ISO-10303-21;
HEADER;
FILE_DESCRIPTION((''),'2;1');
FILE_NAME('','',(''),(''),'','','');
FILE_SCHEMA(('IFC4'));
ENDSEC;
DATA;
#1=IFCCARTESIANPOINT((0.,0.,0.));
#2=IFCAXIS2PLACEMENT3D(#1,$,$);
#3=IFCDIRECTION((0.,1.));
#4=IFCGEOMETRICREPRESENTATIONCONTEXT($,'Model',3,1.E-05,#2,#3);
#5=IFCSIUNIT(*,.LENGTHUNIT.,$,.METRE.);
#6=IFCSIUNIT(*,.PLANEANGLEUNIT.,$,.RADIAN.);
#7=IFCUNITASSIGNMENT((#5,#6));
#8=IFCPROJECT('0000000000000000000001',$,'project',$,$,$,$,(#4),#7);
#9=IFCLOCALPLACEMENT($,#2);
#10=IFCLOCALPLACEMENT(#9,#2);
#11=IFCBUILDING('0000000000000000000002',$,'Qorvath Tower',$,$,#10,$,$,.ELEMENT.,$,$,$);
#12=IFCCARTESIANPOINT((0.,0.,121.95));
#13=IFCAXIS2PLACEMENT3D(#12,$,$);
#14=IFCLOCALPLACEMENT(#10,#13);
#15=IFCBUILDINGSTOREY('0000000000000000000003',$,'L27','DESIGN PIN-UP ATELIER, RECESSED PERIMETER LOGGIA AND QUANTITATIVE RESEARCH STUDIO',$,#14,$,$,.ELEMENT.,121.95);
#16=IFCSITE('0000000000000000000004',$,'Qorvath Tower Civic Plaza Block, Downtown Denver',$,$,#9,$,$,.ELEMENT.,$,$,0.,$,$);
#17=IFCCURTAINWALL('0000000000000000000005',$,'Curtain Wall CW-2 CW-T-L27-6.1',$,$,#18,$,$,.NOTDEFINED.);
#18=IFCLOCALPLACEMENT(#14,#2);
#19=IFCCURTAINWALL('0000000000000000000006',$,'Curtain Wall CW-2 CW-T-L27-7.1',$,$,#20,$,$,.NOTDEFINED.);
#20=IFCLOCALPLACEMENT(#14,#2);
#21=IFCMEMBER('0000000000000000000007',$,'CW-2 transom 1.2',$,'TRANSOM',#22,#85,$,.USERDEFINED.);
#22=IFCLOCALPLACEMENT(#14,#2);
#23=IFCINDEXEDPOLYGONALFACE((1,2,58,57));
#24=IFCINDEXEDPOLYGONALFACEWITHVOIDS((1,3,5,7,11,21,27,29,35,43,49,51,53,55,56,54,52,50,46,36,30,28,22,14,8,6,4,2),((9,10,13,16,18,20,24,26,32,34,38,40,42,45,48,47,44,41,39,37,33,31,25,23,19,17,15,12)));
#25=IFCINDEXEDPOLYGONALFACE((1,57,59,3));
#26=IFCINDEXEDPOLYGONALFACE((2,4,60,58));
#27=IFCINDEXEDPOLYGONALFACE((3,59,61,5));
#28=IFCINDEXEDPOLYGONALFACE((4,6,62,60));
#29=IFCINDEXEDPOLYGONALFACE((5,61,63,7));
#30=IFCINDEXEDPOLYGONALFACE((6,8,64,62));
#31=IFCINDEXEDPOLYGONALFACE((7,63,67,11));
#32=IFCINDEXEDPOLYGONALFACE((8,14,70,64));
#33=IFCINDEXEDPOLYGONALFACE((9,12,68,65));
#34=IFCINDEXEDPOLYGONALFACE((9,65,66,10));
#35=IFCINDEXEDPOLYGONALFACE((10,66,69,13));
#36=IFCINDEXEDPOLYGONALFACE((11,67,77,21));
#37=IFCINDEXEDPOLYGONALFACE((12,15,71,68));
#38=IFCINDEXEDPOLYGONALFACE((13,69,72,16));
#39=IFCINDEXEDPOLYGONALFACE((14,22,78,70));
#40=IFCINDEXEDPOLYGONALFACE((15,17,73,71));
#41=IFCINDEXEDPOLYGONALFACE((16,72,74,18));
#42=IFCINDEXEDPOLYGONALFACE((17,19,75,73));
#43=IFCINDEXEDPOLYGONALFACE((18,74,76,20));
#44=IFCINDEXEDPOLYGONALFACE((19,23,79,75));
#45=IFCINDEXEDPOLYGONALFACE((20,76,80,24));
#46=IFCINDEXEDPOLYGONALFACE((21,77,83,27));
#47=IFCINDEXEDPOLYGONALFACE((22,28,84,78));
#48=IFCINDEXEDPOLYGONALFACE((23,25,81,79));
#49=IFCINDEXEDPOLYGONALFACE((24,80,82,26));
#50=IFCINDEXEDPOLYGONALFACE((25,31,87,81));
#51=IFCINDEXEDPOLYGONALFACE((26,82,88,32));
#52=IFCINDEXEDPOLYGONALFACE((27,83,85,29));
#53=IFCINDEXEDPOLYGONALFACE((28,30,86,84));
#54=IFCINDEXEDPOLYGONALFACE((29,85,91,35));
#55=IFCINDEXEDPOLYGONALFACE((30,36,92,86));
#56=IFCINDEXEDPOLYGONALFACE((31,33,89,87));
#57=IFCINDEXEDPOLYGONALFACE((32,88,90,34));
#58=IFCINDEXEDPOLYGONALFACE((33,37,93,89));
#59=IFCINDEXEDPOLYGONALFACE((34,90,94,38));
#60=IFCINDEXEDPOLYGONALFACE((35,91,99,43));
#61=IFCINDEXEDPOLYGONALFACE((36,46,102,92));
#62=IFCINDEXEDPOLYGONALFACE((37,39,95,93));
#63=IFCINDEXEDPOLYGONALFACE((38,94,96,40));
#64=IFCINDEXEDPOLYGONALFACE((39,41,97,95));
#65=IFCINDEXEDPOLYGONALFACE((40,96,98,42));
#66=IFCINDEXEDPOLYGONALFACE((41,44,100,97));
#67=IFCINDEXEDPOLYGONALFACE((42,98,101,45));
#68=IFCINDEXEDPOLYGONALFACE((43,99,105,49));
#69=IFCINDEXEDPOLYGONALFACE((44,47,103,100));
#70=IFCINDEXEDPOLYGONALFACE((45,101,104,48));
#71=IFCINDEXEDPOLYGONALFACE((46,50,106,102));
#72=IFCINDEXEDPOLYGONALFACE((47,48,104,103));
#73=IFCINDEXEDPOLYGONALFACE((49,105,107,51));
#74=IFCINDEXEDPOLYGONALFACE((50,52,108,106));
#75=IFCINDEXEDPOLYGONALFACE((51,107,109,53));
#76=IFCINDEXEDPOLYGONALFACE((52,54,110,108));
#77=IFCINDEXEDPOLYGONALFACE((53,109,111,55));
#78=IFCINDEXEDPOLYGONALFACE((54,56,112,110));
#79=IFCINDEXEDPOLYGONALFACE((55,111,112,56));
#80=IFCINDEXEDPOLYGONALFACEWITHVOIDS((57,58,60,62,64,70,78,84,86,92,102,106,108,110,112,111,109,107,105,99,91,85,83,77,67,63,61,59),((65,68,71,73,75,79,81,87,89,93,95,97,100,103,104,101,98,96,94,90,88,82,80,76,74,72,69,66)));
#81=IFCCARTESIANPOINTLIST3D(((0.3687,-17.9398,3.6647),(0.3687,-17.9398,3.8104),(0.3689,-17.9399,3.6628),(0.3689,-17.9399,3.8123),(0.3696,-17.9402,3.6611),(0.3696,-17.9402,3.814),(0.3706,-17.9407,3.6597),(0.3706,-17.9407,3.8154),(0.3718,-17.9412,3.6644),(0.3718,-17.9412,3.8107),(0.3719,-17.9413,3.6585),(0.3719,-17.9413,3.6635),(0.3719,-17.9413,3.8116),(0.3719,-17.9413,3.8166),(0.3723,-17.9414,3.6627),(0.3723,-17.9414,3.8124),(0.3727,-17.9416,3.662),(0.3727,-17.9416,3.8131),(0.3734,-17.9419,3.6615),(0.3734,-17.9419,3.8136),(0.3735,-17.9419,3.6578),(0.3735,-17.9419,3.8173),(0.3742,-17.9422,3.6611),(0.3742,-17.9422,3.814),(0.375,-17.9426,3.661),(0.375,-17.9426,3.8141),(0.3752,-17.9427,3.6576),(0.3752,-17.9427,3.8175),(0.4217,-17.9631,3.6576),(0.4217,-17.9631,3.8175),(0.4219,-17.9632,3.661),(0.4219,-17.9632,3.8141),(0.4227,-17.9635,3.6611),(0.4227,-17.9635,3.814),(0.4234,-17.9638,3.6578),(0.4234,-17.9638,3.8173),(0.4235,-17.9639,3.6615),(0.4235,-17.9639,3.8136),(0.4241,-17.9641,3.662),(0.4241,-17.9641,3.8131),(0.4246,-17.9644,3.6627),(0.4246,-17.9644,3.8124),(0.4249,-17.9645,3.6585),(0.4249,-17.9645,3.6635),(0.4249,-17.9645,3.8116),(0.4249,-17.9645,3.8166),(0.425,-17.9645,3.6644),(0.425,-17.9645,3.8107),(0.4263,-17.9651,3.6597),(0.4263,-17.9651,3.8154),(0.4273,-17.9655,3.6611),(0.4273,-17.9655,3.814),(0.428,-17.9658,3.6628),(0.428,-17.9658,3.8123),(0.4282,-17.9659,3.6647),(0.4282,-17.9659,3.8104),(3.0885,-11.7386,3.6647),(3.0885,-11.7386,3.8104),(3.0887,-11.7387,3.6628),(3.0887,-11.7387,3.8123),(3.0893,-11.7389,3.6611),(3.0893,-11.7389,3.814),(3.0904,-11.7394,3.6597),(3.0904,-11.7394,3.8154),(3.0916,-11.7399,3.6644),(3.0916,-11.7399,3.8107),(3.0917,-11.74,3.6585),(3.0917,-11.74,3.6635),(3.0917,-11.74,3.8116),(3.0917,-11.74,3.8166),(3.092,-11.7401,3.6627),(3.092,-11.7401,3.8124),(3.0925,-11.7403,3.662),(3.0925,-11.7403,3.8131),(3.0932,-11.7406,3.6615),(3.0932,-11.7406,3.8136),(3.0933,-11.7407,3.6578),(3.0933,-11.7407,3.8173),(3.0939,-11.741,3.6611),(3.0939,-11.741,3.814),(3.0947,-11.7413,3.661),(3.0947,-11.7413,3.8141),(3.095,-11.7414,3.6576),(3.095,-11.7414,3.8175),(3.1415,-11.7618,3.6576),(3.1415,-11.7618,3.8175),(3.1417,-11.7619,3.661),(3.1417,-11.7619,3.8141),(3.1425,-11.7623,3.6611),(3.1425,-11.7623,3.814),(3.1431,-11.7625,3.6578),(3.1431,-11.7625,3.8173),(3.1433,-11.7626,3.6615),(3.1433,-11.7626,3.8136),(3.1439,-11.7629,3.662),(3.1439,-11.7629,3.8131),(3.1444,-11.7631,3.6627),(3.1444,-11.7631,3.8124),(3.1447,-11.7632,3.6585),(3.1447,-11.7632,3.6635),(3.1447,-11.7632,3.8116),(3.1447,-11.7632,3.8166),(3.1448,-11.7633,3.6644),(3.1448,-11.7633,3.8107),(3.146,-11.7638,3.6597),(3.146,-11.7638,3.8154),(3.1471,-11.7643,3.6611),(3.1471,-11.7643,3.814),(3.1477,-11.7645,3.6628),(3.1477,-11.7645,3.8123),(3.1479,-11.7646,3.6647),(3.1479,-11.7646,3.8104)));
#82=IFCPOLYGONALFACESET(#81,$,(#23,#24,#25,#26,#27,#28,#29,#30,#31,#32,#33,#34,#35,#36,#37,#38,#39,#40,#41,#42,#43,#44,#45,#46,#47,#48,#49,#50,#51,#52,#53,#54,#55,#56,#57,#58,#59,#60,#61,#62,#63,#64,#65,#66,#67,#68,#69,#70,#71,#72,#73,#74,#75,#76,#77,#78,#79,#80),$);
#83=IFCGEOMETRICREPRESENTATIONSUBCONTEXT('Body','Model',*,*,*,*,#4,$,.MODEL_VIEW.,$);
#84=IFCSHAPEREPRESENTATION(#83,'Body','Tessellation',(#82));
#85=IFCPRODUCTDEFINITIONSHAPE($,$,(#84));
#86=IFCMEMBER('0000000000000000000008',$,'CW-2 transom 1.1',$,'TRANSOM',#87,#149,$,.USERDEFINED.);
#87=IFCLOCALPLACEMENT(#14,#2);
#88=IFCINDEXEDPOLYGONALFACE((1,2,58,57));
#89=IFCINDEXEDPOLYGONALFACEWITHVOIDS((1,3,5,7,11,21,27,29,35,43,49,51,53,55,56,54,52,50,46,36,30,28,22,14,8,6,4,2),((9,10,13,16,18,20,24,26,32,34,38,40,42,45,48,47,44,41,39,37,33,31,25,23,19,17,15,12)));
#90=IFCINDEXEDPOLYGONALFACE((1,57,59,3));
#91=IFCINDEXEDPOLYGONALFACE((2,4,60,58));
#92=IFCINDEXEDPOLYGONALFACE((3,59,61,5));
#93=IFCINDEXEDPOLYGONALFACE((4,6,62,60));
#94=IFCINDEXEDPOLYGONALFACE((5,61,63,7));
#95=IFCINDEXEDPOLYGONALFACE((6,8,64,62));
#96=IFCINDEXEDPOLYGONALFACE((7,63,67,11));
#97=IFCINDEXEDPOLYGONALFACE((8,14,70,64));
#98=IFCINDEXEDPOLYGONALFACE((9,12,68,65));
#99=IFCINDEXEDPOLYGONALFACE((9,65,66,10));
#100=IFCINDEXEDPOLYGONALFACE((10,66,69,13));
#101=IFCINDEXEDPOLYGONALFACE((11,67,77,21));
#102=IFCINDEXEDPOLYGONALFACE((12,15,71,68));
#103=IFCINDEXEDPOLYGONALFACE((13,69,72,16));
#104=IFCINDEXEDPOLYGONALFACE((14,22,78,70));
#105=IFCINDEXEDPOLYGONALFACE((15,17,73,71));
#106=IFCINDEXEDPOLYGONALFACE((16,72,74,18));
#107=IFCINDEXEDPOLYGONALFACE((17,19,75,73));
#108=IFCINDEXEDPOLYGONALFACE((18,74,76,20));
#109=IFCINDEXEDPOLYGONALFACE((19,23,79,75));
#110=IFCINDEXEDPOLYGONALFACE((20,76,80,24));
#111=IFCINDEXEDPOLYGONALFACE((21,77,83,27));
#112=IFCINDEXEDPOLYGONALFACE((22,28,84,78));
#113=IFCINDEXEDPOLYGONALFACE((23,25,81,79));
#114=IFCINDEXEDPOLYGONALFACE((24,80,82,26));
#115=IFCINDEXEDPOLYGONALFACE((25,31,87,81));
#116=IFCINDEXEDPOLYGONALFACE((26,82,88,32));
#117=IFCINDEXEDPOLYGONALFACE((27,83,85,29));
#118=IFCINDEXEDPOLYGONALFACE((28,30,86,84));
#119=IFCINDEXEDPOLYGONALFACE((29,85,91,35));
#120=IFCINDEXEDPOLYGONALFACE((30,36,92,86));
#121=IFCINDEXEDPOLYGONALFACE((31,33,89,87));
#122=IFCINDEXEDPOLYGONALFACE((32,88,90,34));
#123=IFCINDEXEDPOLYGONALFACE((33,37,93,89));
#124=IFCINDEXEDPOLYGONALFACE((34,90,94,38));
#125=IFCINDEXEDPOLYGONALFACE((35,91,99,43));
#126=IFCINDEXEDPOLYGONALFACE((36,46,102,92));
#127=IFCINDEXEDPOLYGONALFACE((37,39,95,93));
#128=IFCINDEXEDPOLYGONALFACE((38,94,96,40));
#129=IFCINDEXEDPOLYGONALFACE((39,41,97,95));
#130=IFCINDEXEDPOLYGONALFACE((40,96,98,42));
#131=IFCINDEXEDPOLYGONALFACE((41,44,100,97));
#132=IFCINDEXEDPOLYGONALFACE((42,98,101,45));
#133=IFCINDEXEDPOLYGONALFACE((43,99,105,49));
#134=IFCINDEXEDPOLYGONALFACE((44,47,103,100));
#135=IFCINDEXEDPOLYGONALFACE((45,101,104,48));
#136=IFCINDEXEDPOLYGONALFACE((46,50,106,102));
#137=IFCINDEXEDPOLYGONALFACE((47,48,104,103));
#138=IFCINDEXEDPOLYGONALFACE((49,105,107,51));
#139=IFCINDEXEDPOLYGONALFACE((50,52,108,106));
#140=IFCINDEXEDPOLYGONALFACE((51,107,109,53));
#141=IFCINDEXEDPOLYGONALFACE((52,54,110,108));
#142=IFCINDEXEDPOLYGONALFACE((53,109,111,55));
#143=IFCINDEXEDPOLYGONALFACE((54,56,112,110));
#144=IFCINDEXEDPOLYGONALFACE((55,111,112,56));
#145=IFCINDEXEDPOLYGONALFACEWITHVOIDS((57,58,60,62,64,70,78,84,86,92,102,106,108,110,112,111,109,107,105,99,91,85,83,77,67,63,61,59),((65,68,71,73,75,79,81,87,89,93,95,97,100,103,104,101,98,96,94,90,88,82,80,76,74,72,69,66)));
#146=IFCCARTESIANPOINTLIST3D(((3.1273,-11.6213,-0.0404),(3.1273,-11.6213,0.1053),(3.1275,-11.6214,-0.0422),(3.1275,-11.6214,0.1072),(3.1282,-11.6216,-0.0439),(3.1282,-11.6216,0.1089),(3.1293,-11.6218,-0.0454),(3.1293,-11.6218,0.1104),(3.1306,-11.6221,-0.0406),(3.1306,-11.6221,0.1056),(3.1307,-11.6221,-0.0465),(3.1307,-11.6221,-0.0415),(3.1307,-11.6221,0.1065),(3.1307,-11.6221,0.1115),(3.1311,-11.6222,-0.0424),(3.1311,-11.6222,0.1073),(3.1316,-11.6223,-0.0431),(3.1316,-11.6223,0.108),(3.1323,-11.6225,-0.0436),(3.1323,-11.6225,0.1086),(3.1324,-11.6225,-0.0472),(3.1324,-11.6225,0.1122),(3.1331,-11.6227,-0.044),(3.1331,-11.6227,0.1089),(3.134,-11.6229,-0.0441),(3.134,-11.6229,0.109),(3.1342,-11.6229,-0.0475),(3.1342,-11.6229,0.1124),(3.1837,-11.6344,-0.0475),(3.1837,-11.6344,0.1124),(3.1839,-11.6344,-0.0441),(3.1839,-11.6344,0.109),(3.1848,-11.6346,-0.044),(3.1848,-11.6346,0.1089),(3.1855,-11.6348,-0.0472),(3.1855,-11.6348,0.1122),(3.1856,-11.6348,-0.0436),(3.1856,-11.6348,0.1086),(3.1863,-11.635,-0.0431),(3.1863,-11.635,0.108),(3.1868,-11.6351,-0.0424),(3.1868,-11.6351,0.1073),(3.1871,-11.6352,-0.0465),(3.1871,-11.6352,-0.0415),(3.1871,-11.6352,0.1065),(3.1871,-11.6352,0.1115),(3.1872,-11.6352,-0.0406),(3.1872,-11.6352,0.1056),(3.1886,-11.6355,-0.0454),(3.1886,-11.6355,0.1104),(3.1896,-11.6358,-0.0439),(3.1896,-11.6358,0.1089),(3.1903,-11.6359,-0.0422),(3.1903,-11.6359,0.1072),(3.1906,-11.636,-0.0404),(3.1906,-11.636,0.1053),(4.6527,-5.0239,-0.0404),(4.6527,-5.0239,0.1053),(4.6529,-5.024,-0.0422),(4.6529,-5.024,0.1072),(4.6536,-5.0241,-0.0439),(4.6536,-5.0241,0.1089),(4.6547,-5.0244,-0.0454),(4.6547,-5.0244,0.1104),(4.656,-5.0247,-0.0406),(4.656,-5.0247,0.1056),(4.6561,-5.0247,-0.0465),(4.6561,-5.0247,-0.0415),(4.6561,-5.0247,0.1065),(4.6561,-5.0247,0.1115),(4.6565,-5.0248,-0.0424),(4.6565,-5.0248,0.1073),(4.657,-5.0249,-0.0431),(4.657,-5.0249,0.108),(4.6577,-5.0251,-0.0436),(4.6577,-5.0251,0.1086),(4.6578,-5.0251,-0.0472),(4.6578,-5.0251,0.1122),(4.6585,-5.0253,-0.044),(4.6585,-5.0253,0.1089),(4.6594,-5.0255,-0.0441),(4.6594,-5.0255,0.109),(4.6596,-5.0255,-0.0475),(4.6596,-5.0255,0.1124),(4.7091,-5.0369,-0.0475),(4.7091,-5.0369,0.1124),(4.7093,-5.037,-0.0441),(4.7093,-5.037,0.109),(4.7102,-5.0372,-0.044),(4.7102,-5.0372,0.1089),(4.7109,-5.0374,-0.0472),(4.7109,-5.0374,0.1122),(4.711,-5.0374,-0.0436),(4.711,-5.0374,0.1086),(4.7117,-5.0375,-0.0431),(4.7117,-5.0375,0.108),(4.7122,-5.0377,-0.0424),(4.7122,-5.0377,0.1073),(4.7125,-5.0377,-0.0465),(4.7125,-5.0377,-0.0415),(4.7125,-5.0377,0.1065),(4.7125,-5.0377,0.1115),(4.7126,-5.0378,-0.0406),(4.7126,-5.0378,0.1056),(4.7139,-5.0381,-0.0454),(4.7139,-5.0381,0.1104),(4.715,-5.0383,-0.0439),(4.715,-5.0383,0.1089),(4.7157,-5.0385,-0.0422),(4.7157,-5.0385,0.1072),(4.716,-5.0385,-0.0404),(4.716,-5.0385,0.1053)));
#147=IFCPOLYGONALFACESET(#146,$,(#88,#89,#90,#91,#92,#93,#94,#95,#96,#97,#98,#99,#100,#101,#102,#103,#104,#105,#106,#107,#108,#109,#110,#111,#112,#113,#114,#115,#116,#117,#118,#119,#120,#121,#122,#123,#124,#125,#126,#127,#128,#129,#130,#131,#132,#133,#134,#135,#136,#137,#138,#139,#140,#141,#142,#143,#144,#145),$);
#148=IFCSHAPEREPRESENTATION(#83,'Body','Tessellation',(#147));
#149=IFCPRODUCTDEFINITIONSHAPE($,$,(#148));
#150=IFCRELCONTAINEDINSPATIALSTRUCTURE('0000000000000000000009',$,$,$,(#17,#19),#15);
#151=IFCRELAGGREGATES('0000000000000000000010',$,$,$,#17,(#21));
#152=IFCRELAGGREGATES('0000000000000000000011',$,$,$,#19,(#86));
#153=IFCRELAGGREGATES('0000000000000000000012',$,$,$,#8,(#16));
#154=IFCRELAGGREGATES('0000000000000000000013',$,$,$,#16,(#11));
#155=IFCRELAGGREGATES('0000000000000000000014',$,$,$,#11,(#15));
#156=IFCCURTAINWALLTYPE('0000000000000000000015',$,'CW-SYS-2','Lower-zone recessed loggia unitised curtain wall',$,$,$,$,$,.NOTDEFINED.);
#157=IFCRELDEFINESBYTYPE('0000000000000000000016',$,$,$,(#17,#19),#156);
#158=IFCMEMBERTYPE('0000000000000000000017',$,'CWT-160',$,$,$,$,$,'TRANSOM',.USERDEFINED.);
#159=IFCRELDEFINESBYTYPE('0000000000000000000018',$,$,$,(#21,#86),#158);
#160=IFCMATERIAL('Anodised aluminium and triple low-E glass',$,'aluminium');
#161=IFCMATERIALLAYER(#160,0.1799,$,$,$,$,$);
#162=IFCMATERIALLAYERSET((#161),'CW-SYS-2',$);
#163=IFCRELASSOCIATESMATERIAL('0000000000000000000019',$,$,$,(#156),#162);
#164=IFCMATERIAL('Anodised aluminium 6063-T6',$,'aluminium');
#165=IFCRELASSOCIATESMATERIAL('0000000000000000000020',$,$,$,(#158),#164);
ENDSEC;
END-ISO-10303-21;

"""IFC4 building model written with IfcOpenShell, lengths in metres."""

from ifc_helpers import new_model, si_unit, direction, frame, origin, origin_2d, place, context, subcontext, project, spatial, hollow_rectangle, extrude, material, layer, layer_set, material_profile, profile_set, type_object, element, aggregate, save


model = new_model("IFC4")

# Units and contexts
model_context = context("Model", 3, precision=1e-05, world=origin(), true_north=direction((0.0, 1.0)))
body_context = subcontext(model_context, "Body", "Model", "MODEL_VIEW")
ifc_project = project(units=[si_unit("LENGTHUNIT", "METRE"), si_unit("PLANEANGLEUNIT", "RADIAN")], contexts=[model_context])

# Site, building, storey
site_placement = place(None, origin())
site = spatial("IfcSite", under=ifc_project, at=site_placement, Name="Qorvath Tower Civic Plaza Block, Downtown Denver", CompositionType="ELEMENT", RefElevation=0.0)
building_placement = place(site_placement, origin())
building = spatial("IfcBuilding", under=site, at=building_placement, Name="Qorvath Tower", CompositionType="ELEMENT")
storey_placement = place(building_placement, frame((0.0, 0.0, 121.95)))
storey = spatial("IfcBuildingStorey", under=building, at=storey_placement, Name="L27", Description="DESIGN PIN-UP ATELIER, RECESSED PERIMETER LOGGIA AND QUANTITATIVE RESEARCH STUDIO", CompositionType="ELEMENT", Elevation=121.95)

# Shared definitions
ifc_material_1 = material(Name="Anodised aluminium and triple low-E glass", Category="aluminium")
ifc_layer_1 = layer(ifc_material_1, 0.1799)
ifc_layer_set_1 = layer_set([ifc_layer_1], Name="CW-SYS-2")
curtain_wall_type = type_object("IfcCurtainWallType", Name="CW-SYS-2", Description="Lower-zone recessed loggia unitised curtain wall", PredefinedType="NOTDEFINED", material=ifc_layer_set_1)

# Curtain walls
curtain_wall_1_placement = place(storey_placement, origin())
curtain_wall_1 = element("IfcCurtainWall", 1, at=curtain_wall_1_placement, inside=storey, type_object=curtain_wall_type, Name="Curtain Wall CW-2 CW-T-L27-6.1", PredefinedType="NOTDEFINED")
curtain_wall_2_placement = place(storey_placement, origin())
curtain_wall_2 = element("IfcCurtainWall", 2, at=curtain_wall_2_placement, inside=storey, type_object=curtain_wall_type, Name="Curtain Wall CW-2 CW-T-L27-7.1", PredefinedType="NOTDEFINED")

# Members
ifc_material_2 = material(Name="Anodised aluminium 6063-T6", Category="aluminium")
ifc_material_profile_1 = material_profile(ifc_material_2, hollow_rectangle(XDim=0.0649, YDim=0.1599, WallThickness=0.0034, InnerFilletRadius=0.0034, OuterFilletRadius=0.0071, at=origin_2d()), Name="CWT 160x65")
ifc_profile_set_1 = profile_set([ifc_material_profile_1], Name="Anodised aluminium 6063-T6")
member_type_1 = type_object("IfcMemberType", Name="CWT-160", ElementType="TRANSOM", PredefinedType="USERDEFINED", material=ifc_profile_set_1)
member_1_placement = place(storey_placement, frame((0.3984, -17.9529, 3.7375), z_axis=(0.401651, 0.915793, 0.0), x_axis=(-0.915793, 0.401651, 0.0)))
member_1 = element("IfcMember", 3, at=member_1_placement, type_object=member_type_1, Name="CW-2 transom 1.2", ObjectType="TRANSOM", PredefinedType="USERDEFINED", context=body_context, shape_type="SweptSolid", body=[
    extrude(hollow_rectangle(XDim=0.0649, YDim=0.1599, WallThickness=0.0034, InnerFilletRadius=0.0034, OuterFilletRadius=0.0071, at=origin_2d()), origin(), (0.0, 0.0, 1.0), 6.7715),
])
member_2_placement = place(storey_placement, frame((3.1589, -11.6287, 0.0325), z_axis=(0.225268, 0.974297, 0.0), x_axis=(-0.974297, 0.225268, 0.0)))
member_2 = element("IfcMember", 4, at=member_2_placement, type_object=member_type_1, Name="CW-2 transom 1.1", ObjectType="TRANSOM", PredefinedType="USERDEFINED", context=body_context, shape_type="SweptSolid", body=[
    extrude(hollow_rectangle(XDim=0.0649, YDim=0.1599, WallThickness=0.0034, InnerFilletRadius=0.0034, OuterFilletRadius=0.0071, at=origin_2d()), origin(), (0.0, 0.0, 1.0), 6.7715),
])

aggregate(curtain_wall_1, [member_1])
aggregate(curtain_wall_2, [member_2])

save(model, "model.ifc")
